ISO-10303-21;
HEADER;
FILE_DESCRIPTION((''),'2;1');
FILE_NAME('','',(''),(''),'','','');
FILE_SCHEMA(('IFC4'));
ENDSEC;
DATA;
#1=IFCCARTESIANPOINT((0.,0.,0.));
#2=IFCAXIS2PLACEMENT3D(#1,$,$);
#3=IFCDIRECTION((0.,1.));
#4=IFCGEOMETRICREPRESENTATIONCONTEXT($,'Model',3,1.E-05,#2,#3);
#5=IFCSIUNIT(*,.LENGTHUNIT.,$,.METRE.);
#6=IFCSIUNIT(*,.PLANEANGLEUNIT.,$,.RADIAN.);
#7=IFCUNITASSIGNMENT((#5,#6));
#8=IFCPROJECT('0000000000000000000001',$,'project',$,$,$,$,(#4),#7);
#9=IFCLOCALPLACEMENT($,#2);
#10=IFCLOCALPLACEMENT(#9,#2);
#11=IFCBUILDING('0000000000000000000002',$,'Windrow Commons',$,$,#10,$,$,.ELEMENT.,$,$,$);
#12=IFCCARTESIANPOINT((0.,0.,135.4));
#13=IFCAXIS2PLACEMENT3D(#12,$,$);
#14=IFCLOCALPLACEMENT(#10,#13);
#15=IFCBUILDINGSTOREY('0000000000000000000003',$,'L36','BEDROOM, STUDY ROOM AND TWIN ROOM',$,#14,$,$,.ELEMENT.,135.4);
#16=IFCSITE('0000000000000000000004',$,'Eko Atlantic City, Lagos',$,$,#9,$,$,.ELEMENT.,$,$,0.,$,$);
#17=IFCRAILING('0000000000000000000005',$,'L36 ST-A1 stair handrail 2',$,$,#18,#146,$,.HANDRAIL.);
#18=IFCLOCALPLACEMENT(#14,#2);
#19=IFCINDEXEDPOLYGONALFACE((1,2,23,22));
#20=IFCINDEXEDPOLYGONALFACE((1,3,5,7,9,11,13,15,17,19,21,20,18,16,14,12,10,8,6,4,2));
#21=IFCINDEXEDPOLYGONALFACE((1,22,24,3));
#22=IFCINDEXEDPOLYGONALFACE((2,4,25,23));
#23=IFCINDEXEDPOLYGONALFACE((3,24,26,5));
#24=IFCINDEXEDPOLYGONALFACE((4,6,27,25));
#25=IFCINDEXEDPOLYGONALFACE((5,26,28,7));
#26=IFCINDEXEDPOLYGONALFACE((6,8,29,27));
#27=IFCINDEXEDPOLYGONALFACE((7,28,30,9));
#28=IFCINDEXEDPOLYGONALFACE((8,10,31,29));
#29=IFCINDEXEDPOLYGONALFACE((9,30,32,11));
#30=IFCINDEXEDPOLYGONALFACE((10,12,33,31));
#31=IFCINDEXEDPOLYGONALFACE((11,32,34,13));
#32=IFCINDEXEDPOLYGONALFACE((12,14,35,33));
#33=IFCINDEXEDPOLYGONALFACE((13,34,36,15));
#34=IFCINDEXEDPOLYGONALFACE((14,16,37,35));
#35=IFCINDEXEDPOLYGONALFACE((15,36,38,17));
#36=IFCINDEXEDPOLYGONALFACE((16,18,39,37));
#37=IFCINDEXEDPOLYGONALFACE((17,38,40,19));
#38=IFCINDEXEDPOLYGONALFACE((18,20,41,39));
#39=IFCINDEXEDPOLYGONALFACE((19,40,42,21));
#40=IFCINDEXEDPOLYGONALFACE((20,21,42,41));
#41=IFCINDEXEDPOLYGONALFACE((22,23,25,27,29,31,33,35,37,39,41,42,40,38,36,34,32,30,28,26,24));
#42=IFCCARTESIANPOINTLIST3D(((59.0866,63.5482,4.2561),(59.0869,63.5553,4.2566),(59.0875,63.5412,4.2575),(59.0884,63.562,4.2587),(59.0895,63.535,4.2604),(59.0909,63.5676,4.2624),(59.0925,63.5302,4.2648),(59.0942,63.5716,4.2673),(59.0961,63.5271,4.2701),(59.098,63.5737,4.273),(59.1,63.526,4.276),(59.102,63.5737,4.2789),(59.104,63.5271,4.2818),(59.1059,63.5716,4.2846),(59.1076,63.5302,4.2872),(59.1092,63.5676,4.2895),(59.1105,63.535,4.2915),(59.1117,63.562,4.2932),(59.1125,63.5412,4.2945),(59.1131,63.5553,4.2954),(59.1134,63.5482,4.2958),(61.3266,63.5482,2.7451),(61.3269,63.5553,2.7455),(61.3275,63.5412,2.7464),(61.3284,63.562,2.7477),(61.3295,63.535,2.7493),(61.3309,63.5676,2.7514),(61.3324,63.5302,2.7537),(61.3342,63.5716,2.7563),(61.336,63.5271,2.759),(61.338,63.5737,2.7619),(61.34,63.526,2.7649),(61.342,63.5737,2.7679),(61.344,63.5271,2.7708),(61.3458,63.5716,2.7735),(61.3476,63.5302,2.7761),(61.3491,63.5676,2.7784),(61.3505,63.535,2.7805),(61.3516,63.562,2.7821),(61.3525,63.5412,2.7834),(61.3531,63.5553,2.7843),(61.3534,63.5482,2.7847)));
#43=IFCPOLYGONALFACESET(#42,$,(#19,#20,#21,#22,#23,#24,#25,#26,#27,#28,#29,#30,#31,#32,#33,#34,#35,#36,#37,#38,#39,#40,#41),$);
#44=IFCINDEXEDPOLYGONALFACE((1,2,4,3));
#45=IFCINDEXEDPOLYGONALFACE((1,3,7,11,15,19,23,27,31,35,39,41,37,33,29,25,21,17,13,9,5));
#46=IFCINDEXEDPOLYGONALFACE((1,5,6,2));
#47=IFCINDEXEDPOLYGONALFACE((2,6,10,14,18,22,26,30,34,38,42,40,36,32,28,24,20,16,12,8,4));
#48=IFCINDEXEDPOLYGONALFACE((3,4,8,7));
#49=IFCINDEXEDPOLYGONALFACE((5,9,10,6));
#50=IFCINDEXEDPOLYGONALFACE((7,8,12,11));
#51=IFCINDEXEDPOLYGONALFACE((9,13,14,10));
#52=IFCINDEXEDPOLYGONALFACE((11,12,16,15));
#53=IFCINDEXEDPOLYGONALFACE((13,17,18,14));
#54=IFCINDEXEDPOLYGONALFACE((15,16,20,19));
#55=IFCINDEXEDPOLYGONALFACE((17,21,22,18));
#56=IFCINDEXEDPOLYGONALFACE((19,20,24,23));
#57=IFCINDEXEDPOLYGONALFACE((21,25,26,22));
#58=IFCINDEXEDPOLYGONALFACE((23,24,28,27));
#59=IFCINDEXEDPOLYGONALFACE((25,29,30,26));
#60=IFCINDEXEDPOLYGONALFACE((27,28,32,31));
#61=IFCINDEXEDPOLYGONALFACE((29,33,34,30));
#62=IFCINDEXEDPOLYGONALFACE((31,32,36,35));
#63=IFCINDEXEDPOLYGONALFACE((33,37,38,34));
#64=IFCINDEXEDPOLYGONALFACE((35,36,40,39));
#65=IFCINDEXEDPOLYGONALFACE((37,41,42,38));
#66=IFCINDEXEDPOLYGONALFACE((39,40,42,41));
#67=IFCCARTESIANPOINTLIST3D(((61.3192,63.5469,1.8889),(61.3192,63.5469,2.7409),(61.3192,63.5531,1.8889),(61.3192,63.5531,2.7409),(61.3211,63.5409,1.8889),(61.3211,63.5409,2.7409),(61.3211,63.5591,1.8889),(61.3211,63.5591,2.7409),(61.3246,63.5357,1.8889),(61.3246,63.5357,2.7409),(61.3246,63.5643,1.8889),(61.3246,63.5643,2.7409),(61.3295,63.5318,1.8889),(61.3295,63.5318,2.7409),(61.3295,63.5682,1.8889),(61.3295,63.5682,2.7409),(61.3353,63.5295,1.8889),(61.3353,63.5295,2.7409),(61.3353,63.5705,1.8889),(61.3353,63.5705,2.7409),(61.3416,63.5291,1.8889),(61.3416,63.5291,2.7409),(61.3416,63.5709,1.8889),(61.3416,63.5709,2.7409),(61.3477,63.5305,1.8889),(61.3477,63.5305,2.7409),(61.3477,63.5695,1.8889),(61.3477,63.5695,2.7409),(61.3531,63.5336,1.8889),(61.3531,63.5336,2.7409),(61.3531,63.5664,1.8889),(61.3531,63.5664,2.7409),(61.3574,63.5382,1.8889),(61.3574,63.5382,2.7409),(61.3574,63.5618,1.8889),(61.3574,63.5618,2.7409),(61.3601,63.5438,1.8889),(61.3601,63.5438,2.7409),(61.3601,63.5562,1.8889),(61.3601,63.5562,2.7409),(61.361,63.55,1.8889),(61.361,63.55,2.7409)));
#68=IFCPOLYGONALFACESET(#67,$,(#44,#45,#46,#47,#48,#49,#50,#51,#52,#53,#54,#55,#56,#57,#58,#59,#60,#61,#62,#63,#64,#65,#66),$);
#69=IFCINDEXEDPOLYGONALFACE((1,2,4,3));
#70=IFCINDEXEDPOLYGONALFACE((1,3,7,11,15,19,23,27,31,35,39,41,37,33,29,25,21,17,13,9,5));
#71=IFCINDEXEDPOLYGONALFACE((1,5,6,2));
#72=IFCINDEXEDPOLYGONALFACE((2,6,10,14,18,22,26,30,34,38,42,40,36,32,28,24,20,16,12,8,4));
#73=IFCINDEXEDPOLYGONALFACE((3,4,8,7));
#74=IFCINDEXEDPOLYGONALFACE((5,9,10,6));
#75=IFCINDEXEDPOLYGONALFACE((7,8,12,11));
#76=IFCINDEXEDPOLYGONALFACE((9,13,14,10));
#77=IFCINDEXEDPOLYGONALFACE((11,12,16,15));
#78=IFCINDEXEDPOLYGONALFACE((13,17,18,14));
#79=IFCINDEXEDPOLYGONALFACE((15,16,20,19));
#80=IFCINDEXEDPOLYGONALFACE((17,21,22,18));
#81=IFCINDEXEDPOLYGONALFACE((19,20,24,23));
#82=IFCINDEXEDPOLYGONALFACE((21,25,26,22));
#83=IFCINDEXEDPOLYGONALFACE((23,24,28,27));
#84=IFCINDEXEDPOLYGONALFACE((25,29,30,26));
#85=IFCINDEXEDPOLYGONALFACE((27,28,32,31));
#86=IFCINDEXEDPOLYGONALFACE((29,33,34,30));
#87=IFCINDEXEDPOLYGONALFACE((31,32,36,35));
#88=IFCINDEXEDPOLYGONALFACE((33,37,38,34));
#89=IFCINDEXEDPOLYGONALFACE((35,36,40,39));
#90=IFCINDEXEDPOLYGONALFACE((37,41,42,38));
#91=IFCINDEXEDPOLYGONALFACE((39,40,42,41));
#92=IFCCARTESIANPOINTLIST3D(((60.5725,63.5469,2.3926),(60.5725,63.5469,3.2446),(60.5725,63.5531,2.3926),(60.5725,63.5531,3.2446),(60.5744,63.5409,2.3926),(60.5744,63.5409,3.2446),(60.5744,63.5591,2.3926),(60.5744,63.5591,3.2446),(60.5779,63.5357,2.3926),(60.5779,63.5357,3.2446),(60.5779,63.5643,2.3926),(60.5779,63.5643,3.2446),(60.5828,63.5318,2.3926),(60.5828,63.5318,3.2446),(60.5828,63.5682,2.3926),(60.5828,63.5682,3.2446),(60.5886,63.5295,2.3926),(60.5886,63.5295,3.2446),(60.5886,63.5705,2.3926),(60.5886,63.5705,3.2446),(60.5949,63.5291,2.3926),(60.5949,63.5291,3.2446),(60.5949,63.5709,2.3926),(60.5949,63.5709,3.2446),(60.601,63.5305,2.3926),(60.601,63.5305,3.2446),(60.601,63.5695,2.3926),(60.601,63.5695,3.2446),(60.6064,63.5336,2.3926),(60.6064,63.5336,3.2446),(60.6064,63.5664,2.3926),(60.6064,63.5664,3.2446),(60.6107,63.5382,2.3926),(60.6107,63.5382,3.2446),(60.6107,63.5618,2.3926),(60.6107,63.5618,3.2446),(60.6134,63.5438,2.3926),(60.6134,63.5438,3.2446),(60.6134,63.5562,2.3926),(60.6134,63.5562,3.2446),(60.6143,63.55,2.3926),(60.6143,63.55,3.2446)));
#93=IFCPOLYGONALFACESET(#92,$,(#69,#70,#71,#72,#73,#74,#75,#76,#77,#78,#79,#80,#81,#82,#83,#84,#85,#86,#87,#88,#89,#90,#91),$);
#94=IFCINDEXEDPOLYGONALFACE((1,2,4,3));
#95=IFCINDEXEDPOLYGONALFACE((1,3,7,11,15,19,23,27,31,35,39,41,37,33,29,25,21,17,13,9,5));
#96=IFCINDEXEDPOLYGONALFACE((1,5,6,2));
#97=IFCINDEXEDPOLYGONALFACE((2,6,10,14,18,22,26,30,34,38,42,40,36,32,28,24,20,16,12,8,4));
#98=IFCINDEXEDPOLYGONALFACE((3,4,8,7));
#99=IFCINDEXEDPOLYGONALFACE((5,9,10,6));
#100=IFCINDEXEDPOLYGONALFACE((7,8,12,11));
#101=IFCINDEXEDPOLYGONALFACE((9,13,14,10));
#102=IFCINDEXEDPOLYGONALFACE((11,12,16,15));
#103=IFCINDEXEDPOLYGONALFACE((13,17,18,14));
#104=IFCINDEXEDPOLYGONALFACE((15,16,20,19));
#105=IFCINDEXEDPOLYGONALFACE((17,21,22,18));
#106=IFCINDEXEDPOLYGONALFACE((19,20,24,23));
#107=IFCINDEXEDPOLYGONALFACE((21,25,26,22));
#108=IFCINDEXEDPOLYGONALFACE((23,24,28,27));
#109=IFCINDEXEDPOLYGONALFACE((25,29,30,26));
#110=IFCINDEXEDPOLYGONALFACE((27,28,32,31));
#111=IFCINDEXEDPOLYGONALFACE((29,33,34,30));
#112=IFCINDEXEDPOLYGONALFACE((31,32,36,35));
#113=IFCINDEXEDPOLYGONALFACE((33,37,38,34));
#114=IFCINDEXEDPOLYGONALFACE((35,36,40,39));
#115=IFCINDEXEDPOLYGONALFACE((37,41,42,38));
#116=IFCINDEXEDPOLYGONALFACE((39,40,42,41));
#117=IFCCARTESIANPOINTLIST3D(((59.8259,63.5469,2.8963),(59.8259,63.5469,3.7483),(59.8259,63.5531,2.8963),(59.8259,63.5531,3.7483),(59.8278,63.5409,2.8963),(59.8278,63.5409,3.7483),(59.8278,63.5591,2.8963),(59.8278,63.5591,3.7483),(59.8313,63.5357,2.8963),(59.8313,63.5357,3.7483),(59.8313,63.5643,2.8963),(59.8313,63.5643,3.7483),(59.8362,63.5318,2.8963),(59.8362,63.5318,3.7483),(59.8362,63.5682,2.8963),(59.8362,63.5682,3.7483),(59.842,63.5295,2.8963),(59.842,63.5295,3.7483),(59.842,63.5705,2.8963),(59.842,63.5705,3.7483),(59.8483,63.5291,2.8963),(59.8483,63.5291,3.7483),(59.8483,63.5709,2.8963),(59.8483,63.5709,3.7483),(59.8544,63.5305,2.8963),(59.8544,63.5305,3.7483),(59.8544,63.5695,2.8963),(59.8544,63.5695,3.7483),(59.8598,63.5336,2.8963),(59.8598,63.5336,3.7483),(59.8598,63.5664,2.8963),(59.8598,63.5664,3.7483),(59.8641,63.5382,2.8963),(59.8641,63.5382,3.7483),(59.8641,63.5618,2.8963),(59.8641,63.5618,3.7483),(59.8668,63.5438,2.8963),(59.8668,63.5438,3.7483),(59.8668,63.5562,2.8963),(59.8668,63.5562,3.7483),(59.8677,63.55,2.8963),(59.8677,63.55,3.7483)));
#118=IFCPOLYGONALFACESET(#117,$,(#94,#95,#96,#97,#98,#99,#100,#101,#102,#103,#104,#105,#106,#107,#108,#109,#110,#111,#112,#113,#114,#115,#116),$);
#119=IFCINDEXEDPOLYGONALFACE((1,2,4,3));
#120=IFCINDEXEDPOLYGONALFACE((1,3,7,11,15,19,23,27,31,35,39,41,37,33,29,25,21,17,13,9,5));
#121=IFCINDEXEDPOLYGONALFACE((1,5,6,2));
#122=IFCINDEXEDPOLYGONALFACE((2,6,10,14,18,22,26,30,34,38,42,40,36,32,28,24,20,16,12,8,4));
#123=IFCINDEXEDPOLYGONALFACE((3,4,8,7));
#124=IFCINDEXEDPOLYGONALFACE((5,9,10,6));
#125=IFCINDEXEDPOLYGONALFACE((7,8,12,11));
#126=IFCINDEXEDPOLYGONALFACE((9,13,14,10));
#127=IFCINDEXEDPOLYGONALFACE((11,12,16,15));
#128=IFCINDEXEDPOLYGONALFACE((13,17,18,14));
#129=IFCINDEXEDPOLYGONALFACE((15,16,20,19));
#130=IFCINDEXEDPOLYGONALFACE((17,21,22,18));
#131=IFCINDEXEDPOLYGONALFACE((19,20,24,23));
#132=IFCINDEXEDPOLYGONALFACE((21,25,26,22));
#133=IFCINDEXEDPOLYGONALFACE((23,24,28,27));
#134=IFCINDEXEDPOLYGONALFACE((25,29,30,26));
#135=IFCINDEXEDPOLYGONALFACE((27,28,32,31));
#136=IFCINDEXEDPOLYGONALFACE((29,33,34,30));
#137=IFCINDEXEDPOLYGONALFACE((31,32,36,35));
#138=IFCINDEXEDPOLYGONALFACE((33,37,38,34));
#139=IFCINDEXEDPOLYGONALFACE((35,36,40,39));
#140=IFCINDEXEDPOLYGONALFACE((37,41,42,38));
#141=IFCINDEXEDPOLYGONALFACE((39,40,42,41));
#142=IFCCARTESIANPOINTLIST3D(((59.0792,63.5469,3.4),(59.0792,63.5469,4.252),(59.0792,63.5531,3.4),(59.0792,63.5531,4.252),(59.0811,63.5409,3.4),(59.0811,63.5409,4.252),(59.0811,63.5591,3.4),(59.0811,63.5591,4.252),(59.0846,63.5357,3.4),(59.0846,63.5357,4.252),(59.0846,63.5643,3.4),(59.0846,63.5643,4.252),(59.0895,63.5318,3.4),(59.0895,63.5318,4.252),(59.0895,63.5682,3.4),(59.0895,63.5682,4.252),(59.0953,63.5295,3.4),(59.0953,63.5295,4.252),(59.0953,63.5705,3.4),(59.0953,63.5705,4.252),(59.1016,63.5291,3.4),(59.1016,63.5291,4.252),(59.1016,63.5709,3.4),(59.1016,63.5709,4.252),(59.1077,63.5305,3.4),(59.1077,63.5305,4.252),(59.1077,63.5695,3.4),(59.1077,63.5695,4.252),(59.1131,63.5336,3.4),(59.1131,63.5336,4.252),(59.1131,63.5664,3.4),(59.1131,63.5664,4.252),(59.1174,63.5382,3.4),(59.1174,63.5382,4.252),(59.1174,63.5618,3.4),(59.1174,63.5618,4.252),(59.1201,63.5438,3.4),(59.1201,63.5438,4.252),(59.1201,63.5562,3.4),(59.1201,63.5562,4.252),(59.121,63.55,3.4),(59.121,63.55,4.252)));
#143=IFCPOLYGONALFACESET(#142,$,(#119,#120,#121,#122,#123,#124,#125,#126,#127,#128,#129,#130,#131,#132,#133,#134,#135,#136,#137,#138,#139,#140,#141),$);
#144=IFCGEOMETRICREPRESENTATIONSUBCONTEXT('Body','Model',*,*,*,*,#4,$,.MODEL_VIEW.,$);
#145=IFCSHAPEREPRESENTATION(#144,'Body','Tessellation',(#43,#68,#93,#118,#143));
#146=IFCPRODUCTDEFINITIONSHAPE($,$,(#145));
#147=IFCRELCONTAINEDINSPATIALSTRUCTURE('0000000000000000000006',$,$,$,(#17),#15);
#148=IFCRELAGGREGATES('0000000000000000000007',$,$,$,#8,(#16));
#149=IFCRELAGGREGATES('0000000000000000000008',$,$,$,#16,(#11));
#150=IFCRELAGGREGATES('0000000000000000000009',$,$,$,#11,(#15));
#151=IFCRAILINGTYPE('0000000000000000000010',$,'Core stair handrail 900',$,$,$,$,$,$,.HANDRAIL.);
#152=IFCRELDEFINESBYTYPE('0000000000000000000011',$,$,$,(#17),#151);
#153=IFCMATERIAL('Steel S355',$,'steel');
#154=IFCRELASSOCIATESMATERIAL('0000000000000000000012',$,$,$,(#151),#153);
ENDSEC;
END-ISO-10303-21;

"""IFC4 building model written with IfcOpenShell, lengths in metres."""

from ifc_helpers import new_model, si_unit, direction, frame, origin, origin_2d, place, context, subcontext, project, spatial, circle, extrude, material, type_object, element, save


model = new_model("IFC4")

# Units and contexts
model_context = context("Model", 3, precision=1e-05, world=origin(), true_north=direction((0.0, 1.0)))
body_context = subcontext(model_context, "Body", "Model", "MODEL_VIEW")
ifc_project = project(units=[si_unit("LENGTHUNIT", "METRE"), si_unit("PLANEANGLEUNIT", "RADIAN")], contexts=[model_context])

# Site, building, storey
site_placement = place(None, origin())
site = spatial("IfcSite", under=ifc_project, at=site_placement, Name="Eko Atlantic City, Lagos", CompositionType="ELEMENT", RefElevation=0.0)
building_placement = place(site_placement, origin())
building = spatial("IfcBuilding", under=site, at=building_placement, Name="Windrow Commons", CompositionType="ELEMENT")
storey_placement = place(building_placement, frame((0.0, 0.0, 135.4)))
storey = spatial("IfcBuildingStorey", under=building, at=storey_placement, Name="L36", Description="BEDROOM, STUDY ROOM AND TWIN ROOM", CompositionType="ELEMENT", Elevation=135.4)

# Railing
ifc_material_1 = material(Name="Steel S355", Category="steel")
railing_type_1 = type_object("IfcRailingType", Name="Core stair handrail 900", PredefinedType="HANDRAIL", material=ifc_material_1)
for number, where, name in (
    (1, (61.34, 63.55, 1.8889), "L36 ST-A1 stair handrail 2"),
):
    element("IfcRailing", number, at=place(storey_placement, frame(where)), inside=storey, type_object=railing_type_1, Name=name, PredefinedType="HANDRAIL", context=body_context, shape_type="SweptSolid", body=[
        extrude(circle(Radius=0.024, at=origin_2d()), frame((0.0, 0.0, 0.876), z_axis=(-0.829003, 0.0, 0.559244), x_axis=(0.0, -1.0, 0.0)), (0.0, 0.0, 1.0), 2.702),
        extrude(circle(Radius=0.021, at=origin_2d()), origin(), (0.0, 0.0, 1.0), 0.852),
        extrude(circle(Radius=0.021, at=origin_2d()), frame((-0.7467, 0.0, 0.5037)), (0.0, 0.0, 1.0), 0.852),
        extrude(circle(Radius=0.021, at=origin_2d()), frame((-1.4933, 0.0, 1.0074)), (0.0, 0.0, 1.0), 0.852),
        extrude(circle(Radius=0.021, at=origin_2d()), frame((-2.24, 0.0, 1.5111)), (0.0, 0.0, 1.0), 0.852),
    ])

save(model, "model.ifc")
